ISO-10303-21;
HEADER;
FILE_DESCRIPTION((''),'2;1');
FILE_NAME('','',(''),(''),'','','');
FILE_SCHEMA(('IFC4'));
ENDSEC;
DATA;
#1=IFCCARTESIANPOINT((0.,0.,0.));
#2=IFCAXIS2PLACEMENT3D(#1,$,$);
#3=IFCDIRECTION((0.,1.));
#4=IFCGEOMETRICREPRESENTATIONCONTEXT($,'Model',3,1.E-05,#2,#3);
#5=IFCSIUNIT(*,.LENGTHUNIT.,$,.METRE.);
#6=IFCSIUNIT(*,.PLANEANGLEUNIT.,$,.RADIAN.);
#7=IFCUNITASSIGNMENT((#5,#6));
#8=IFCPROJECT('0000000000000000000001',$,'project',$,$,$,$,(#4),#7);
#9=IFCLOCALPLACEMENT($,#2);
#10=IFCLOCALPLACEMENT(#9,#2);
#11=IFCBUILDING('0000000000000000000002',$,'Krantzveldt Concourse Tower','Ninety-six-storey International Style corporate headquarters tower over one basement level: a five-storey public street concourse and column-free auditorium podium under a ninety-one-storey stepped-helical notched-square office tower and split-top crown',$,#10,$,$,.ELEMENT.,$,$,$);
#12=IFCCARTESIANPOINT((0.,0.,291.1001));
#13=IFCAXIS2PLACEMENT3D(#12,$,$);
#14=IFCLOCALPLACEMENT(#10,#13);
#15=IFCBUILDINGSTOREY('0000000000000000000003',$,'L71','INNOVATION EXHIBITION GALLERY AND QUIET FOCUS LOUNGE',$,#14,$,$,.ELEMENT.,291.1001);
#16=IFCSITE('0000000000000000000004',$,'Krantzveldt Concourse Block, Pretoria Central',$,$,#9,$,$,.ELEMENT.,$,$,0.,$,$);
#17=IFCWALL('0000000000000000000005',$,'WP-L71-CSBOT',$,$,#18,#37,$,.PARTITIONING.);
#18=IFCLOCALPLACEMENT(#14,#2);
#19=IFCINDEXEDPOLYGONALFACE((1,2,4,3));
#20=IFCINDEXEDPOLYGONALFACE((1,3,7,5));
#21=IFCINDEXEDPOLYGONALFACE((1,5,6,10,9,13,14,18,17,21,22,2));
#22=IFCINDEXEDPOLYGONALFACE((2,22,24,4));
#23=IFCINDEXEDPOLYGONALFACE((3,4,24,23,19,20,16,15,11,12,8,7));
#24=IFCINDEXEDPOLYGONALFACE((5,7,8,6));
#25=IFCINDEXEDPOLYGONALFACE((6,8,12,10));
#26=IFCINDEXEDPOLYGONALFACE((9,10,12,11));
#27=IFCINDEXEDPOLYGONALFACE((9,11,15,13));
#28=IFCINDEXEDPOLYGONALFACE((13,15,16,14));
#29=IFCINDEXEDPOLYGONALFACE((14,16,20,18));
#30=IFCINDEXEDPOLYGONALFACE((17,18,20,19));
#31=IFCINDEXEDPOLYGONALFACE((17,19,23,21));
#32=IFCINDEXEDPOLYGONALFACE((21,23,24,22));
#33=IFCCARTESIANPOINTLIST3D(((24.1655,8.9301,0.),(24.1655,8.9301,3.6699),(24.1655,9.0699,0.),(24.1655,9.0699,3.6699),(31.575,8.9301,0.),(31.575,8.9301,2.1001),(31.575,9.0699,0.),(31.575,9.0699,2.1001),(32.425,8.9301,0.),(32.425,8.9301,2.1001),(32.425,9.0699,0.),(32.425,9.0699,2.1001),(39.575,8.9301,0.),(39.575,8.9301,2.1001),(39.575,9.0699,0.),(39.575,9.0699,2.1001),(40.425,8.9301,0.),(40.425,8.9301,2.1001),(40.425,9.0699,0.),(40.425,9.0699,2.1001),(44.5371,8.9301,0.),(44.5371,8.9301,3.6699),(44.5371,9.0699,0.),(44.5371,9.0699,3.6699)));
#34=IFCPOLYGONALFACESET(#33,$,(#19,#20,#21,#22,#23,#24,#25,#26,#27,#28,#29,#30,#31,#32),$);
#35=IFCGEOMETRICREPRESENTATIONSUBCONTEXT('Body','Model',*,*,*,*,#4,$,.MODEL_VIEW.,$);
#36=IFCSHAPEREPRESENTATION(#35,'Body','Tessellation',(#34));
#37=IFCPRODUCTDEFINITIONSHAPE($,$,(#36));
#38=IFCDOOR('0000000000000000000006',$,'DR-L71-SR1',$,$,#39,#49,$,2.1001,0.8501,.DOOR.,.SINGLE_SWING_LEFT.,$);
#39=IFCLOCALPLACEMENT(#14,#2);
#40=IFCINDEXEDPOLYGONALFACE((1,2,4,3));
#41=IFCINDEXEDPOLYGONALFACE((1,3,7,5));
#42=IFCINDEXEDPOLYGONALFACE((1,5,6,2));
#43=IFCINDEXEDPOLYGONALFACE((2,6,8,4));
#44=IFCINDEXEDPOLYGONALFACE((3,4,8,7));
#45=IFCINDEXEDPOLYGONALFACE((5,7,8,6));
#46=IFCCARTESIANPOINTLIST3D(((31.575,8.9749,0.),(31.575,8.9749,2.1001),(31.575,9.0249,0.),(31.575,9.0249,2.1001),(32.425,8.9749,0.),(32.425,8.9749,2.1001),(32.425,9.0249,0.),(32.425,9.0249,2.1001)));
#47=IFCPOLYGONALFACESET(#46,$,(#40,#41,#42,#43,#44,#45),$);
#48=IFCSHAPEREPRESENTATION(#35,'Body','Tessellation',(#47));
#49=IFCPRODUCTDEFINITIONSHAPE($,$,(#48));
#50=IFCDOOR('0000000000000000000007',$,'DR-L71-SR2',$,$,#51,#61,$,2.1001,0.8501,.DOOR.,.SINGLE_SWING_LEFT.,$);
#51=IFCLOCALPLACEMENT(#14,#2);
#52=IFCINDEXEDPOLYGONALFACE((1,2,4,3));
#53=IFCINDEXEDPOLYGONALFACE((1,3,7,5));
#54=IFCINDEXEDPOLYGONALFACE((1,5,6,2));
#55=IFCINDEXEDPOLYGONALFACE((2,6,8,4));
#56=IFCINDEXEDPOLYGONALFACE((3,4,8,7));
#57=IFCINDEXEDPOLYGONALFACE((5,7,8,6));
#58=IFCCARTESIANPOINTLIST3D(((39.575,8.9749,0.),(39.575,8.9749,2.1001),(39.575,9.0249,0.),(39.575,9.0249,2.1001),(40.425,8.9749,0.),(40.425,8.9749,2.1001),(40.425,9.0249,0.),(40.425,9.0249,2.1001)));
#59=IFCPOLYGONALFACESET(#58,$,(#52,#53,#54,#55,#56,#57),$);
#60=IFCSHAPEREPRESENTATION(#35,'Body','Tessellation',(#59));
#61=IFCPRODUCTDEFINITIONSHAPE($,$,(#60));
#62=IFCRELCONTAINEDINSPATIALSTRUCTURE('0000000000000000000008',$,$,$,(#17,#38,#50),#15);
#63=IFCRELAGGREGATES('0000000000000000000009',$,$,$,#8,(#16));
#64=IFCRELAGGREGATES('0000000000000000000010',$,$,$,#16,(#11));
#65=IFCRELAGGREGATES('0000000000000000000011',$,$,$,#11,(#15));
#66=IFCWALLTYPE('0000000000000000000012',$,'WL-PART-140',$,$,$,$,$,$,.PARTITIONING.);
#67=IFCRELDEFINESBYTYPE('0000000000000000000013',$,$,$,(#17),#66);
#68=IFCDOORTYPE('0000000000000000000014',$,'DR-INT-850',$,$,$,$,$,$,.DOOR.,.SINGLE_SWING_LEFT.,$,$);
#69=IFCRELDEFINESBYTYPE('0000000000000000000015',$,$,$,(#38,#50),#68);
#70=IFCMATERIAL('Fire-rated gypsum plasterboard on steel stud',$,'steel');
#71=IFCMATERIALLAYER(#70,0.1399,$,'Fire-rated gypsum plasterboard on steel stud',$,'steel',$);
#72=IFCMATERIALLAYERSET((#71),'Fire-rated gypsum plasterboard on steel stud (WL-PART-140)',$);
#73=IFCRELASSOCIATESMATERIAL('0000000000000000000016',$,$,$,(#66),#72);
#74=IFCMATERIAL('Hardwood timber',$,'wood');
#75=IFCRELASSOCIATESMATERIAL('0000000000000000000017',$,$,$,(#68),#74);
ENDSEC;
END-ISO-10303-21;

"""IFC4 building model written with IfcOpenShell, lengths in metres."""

from ifc_helpers import new_model, si_unit, direction, frame, frame_2d, origin, place, context, subcontext, project, spatial, rectangle, extrude, material, layer, layer_set, type_object, element, fill, save


model = new_model("IFC4")

# Units and contexts
model_context = context("Model", 3, precision=1e-05, world=origin(), true_north=direction((0.0, 1.0)))
body_context = subcontext(model_context, "Body", "Model", "MODEL_VIEW")
ifc_project = project(units=[si_unit("LENGTHUNIT", "METRE"), si_unit("PLANEANGLEUNIT", "RADIAN")], contexts=[model_context])

# Site, building, storey
site_placement = place(None, origin())
site = spatial("IfcSite", under=ifc_project, at=site_placement, Name="Krantzveldt Concourse Block, Pretoria Central", CompositionType="ELEMENT", RefElevation=0.0)
building_placement = place(site_placement, origin())
building = spatial("IfcBuilding", under=site, at=building_placement, Name="Krantzveldt Concourse Tower", Description="Ninety-six-storey International Style corporate headquarters tower over one basement level: a five-storey public street concourse and column-free auditorium podium under a ninety-one-storey stepped-helical notched-square office tower and split-top crown", CompositionType="ELEMENT")
storey_placement = place(building_placement, frame((0.0, 0.0, 291.1001)))
storey = spatial("IfcBuildingStorey", under=building, at=storey_placement, Name="L71", Description="INNOVATION EXHIBITION GALLERY AND QUIET FOCUS LOUNGE", CompositionType="ELEMENT", Elevation=291.1001)

# Wall, openings, doors
ifc_material_1 = material(Name="Fire-rated gypsum plasterboard on steel stud", Category="steel")
ifc_layer_1 = layer(ifc_material_1, 0.1399, Name="Fire-rated gypsum plasterboard on steel stud", Category="steel")
ifc_layer_set_1 = layer_set([ifc_layer_1], Name="Fire-rated gypsum plasterboard on steel stud (WL-PART-140)")
wall_type = type_object("IfcWallType", Name="WL-PART-140", PredefinedType="PARTITIONING", material=ifc_layer_set_1)
wall_placement = place(storey_placement, frame((24.1655, 9.0, 0.0), z_axis=(0.0, 0.0, 1.0), x_axis=(1.0, 0.0, 0.0)))
wall = element("IfcWall", 1, at=wall_placement, inside=storey, type_object=wall_type, Name="WP-L71-CSBOT", PredefinedType="PARTITIONING", context=body_context, shape_type="SweptSolid", body=[
    extrude(rectangle(XDim=20.3716, YDim=0.1399, at=frame_2d((10.1858, 0.0))), origin(), (0.0, 0.0, 1.0), 3.6699),
])
opening_1_placement = place(wall_placement, frame((7.4094, 0.0, 0.0)))
opening_1 = element("IfcOpeningElement", 2, at=opening_1_placement, cuts=wall, PredefinedType="OPENING", context=body_context, shape_type="SweptSolid", body=[
    extrude(rectangle(XDim=0.8501, YDim=2.1001, at=frame_2d((0.425, 1.05))), frame((0.0, 0.0801, 0.0), z_axis=(0.0, -1.0, 0.0), x_axis=(1.0, 0.0, 0.0)), (0.0, 0.0, 1.0), 0.1599),
])
opening_2_placement = place(wall_placement, frame((15.4094, 0.0, 0.0)))
opening_2 = element("IfcOpeningElement", 3, at=opening_2_placement, cuts=wall, PredefinedType="OPENING", context=body_context, shape_type="SweptSolid", body=[
    extrude(rectangle(XDim=0.8501, YDim=2.1001, at=frame_2d((0.425, 1.05))), frame((0.0, 0.0801, 0.0), z_axis=(0.0, -1.0, 0.0), x_axis=(1.0, 0.0, 0.0)), (0.0, 0.0, 1.0), 0.1599),
])
ifc_material_2 = material(Name="Hardwood timber", Category="wood")
door_type = type_object("IfcDoorType", Name="DR-INT-850", OperationType="SINGLE_SWING_LEFT", PredefinedType="DOOR", material=ifc_material_2)
door_1_placement = place(opening_1_placement, origin())
door_1 = element("IfcDoor", 4, at=door_1_placement, inside=storey, type_object=door_type, Name="DR-L71-SR1", OperationType="SINGLE_SWING_LEFT", OverallHeight=2.1001, OverallWidth=0.8501, PredefinedType="DOOR", context=body_context, shape_type="SweptSolid", body=[
    extrude(rectangle(XDim=0.8501, YDim=2.1001, at=frame_2d((0.425, 1.05))), frame((0.0, 0.0249, 0.0), z_axis=(0.0, -1.0, 0.0), x_axis=(1.0, 0.0, 0.0)), (0.0, 0.0, 1.0), 0.05),
])
fill(opening_1, door_1)
door_2_placement = place(opening_2_placement, origin())
door_2 = element("IfcDoor", 5, at=door_2_placement, inside=storey, type_object=door_type, Name="DR-L71-SR2", OperationType="SINGLE_SWING_LEFT", OverallHeight=2.1001, OverallWidth=0.8501, PredefinedType="DOOR", context=body_context, shape_type="SweptSolid", body=[
    extrude(rectangle(XDim=0.8501, YDim=2.1001, at=frame_2d((0.425, 1.05))), frame((0.0, 0.0249, 0.0), z_axis=(0.0, -1.0, 0.0), x_axis=(1.0, 0.0, 0.0)), (0.0, 0.0, 1.0), 0.05),
])
fill(opening_2, door_2)

save(model, "model.ifc")
